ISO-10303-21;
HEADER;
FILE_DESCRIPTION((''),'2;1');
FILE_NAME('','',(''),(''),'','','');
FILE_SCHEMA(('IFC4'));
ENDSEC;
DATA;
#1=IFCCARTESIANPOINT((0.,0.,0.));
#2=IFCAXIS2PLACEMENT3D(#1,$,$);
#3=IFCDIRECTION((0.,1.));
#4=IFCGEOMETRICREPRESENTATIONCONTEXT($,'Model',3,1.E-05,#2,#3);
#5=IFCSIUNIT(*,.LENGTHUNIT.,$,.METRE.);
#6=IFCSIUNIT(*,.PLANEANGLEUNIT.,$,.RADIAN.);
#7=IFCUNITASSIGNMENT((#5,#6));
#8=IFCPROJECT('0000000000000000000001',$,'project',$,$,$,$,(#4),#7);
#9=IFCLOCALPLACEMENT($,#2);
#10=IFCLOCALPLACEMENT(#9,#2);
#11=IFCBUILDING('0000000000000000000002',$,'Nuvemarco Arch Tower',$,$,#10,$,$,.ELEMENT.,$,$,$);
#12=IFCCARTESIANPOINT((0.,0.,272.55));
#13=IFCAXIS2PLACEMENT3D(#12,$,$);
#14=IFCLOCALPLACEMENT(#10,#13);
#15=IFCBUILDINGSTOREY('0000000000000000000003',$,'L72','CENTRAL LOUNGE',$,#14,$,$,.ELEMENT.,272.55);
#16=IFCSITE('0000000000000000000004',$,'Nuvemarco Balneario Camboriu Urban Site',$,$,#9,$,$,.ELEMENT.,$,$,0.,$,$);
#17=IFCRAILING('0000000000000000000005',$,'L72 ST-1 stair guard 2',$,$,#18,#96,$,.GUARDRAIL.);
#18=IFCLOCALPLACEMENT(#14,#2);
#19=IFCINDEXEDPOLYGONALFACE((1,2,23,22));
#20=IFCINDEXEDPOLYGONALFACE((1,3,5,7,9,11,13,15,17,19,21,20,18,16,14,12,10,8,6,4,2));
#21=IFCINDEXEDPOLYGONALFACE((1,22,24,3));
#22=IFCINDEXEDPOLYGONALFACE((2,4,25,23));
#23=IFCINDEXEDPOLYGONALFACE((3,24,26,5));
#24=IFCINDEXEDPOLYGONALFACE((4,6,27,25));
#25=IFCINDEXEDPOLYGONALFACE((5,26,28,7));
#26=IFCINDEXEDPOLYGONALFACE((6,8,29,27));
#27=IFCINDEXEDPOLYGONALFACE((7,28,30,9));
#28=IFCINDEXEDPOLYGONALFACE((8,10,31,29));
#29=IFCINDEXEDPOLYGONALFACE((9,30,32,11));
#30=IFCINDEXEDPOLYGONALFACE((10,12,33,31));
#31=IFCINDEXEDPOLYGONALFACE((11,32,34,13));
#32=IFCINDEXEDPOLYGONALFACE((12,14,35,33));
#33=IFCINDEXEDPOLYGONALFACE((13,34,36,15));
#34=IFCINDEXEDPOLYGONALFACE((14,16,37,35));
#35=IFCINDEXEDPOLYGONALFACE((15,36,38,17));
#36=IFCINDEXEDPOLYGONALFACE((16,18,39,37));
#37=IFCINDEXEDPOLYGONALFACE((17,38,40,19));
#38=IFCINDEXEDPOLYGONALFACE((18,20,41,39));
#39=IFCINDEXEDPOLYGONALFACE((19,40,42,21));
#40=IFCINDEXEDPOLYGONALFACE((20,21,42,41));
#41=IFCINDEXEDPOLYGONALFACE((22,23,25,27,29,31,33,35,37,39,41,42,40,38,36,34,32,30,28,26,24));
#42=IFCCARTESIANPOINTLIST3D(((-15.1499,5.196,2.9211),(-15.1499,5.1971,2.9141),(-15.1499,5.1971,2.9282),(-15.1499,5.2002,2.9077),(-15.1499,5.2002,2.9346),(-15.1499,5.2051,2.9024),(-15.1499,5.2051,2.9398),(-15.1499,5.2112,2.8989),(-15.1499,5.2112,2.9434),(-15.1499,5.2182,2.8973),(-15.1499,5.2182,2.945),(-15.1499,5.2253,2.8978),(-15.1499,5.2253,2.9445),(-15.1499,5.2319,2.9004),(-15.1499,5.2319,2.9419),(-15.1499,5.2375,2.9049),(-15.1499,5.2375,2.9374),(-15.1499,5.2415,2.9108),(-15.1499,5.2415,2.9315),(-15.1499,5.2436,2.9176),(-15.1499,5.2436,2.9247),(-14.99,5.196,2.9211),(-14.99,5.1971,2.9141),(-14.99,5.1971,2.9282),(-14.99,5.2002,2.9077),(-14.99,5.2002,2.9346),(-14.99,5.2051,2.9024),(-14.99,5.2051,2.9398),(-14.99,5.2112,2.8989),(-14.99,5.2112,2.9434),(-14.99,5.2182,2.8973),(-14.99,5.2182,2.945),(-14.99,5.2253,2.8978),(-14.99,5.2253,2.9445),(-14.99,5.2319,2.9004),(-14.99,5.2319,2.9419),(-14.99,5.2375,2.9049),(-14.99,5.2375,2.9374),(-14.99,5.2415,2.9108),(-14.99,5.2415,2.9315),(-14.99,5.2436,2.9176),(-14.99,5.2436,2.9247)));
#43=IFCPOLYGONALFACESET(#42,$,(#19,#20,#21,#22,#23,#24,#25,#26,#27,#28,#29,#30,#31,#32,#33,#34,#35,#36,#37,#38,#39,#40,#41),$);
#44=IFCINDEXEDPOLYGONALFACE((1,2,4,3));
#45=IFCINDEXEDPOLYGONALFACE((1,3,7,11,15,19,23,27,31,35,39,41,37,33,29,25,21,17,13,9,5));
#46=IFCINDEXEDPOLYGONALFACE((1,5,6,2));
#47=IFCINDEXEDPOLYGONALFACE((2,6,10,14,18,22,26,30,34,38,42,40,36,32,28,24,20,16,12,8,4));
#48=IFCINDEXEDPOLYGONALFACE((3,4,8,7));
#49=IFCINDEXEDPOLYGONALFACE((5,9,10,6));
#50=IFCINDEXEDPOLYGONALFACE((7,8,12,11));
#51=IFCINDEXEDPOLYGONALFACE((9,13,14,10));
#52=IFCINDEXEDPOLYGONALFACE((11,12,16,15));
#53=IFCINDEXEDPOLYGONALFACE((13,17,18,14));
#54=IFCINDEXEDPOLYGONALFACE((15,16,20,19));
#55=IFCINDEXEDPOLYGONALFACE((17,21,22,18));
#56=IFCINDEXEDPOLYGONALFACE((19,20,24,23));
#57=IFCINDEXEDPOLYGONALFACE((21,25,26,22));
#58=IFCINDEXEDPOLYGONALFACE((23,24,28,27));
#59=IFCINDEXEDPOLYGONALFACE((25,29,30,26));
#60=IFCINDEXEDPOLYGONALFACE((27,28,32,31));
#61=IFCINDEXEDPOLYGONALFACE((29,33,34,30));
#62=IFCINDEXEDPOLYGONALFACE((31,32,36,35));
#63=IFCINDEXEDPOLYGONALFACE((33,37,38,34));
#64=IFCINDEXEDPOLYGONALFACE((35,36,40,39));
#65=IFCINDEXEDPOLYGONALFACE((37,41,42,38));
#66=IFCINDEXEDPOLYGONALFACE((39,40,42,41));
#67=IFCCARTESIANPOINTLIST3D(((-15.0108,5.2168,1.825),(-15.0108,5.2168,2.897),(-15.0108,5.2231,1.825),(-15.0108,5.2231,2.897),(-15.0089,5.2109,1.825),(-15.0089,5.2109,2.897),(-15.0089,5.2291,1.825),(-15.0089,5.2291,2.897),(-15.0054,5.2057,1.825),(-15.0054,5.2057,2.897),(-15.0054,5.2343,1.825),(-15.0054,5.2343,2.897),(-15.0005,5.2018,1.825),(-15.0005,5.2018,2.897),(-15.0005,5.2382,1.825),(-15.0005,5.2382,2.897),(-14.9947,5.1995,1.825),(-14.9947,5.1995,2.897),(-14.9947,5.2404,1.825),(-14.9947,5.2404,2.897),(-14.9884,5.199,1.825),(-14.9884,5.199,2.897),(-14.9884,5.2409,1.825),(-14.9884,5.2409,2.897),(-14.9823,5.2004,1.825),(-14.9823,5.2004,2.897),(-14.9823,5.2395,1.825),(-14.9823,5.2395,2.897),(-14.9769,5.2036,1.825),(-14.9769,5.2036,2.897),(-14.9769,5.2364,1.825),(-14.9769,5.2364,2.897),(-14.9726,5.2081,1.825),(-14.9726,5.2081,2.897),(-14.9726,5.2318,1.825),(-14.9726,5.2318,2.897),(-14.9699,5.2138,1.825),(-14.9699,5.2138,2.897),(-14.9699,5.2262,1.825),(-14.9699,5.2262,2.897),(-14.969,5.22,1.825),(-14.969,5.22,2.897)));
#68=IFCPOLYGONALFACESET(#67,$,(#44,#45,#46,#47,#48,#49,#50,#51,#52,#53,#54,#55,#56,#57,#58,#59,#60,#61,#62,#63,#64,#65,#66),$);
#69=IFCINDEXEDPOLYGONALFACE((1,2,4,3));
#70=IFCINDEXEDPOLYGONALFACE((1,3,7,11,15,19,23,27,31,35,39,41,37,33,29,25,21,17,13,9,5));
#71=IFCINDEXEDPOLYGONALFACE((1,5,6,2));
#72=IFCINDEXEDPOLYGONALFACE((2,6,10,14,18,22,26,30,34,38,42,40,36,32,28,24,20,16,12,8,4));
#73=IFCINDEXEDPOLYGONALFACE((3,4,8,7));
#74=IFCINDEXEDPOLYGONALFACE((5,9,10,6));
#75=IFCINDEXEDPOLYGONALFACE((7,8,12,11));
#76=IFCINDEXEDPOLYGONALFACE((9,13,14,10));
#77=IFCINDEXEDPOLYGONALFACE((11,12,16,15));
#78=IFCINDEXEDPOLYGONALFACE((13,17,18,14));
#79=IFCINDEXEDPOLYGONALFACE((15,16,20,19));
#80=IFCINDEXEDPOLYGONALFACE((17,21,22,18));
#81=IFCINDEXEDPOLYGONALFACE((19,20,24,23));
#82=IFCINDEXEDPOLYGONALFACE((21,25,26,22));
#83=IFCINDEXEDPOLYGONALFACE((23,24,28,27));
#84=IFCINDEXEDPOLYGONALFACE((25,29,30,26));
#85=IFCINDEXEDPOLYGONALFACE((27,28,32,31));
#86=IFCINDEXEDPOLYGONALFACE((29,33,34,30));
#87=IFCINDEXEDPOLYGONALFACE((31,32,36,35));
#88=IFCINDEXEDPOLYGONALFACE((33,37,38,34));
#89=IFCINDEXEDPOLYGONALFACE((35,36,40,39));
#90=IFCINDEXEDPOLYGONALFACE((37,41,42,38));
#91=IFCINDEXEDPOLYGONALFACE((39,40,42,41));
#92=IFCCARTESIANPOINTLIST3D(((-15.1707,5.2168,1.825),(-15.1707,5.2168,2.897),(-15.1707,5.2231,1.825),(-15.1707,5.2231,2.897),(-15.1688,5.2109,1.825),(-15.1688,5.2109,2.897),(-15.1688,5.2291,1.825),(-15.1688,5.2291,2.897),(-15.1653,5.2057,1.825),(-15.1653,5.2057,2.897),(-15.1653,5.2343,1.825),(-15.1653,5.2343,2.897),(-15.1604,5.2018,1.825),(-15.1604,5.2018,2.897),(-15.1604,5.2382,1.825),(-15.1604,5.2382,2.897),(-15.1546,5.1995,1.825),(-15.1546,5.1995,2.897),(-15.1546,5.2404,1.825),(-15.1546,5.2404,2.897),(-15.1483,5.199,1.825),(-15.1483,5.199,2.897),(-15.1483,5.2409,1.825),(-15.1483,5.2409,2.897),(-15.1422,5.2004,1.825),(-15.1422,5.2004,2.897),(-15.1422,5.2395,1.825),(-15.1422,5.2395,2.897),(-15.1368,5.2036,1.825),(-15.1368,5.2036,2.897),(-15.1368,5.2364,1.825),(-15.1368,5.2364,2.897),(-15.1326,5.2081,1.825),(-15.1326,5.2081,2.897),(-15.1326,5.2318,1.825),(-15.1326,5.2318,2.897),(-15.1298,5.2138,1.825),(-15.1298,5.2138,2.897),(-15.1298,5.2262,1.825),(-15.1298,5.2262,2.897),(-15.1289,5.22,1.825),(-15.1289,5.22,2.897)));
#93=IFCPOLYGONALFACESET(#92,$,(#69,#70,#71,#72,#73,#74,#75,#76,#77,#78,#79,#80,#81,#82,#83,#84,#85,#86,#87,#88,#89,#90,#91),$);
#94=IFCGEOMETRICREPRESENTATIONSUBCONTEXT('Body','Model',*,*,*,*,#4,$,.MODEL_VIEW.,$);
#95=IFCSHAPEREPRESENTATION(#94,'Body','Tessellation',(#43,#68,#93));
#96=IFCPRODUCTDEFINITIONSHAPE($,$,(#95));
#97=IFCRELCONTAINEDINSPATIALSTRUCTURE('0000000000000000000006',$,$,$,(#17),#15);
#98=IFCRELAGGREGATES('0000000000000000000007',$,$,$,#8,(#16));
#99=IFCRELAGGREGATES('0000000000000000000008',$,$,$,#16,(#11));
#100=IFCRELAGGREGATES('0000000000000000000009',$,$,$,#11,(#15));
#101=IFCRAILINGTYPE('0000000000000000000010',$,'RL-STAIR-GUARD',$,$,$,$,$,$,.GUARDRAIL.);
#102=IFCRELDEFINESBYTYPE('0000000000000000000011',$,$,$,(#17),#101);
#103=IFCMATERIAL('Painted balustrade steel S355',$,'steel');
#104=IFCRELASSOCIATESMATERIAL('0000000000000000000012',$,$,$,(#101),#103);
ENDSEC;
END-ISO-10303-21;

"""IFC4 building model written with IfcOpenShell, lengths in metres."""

from ifc_helpers import new_model, si_unit, direction, frame, origin, origin_2d, place, context, subcontext, project, spatial, circle, extrude, material, type_object, element, save


model = new_model("IFC4")

# Units and contexts
model_context = context("Model", 3, precision=1e-05, world=origin(), true_north=direction((0.0, 1.0)))
body_context = subcontext(model_context, "Body", "Model", "MODEL_VIEW")
ifc_project = project(units=[si_unit("LENGTHUNIT", "METRE"), si_unit("PLANEANGLEUNIT", "RADIAN")], contexts=[model_context])

# Site, building, storey
site_placement = place(None, origin())
site = spatial("IfcSite", under=ifc_project, at=site_placement, Name="Nuvemarco Balneario Camboriu Urban Site", CompositionType="ELEMENT", RefElevation=0.0)
building_placement = place(site_placement, origin())
building = spatial("IfcBuilding", under=site, at=building_placement, Name="Nuvemarco Arch Tower", CompositionType="ELEMENT")
storey_placement = place(building_placement, frame((0.0, 0.0, 272.55)))
storey = spatial("IfcBuildingStorey", under=building, at=storey_placement, Name="L72", Description="CENTRAL LOUNGE", CompositionType="ELEMENT", Elevation=272.55)

# Railing
ifc_material_1 = material(Name="Painted balustrade steel S355", Category="steel")
railing_type_1 = type_object("IfcRailingType", Name="RL-STAIR-GUARD", PredefinedType="GUARDRAIL", material=ifc_material_1)
railing_1_placement = place(storey_placement, frame((-14.99, 5.22, 1.825)))
element("IfcRailing", 1, at=railing_1_placement, inside=storey, type_object=railing_type_1, Name="L72 ST-1 stair guard 2", PredefinedType="GUARDRAIL", context=body_context, shape_type="SweptSolid", body=[
    extrude(circle(Radius=0.0239, at=origin_2d()), frame((0.0, 0.0, 1.0962), z_axis=(-1.0, 0.0, 0.0), x_axis=(0.0, -1.0, 0.0)), (0.0, 0.0, 1.0), 0.1599),
    extrude(circle(Radius=0.021, at=origin_2d()), origin(), (0.0, 0.0, 1.0), 1.072),
    extrude(circle(Radius=0.021, at=origin_2d()), frame((-0.1599, 0.0, 0.0)), (0.0, 0.0, 1.0), 1.072),
])

save(model, "model.ifc")
